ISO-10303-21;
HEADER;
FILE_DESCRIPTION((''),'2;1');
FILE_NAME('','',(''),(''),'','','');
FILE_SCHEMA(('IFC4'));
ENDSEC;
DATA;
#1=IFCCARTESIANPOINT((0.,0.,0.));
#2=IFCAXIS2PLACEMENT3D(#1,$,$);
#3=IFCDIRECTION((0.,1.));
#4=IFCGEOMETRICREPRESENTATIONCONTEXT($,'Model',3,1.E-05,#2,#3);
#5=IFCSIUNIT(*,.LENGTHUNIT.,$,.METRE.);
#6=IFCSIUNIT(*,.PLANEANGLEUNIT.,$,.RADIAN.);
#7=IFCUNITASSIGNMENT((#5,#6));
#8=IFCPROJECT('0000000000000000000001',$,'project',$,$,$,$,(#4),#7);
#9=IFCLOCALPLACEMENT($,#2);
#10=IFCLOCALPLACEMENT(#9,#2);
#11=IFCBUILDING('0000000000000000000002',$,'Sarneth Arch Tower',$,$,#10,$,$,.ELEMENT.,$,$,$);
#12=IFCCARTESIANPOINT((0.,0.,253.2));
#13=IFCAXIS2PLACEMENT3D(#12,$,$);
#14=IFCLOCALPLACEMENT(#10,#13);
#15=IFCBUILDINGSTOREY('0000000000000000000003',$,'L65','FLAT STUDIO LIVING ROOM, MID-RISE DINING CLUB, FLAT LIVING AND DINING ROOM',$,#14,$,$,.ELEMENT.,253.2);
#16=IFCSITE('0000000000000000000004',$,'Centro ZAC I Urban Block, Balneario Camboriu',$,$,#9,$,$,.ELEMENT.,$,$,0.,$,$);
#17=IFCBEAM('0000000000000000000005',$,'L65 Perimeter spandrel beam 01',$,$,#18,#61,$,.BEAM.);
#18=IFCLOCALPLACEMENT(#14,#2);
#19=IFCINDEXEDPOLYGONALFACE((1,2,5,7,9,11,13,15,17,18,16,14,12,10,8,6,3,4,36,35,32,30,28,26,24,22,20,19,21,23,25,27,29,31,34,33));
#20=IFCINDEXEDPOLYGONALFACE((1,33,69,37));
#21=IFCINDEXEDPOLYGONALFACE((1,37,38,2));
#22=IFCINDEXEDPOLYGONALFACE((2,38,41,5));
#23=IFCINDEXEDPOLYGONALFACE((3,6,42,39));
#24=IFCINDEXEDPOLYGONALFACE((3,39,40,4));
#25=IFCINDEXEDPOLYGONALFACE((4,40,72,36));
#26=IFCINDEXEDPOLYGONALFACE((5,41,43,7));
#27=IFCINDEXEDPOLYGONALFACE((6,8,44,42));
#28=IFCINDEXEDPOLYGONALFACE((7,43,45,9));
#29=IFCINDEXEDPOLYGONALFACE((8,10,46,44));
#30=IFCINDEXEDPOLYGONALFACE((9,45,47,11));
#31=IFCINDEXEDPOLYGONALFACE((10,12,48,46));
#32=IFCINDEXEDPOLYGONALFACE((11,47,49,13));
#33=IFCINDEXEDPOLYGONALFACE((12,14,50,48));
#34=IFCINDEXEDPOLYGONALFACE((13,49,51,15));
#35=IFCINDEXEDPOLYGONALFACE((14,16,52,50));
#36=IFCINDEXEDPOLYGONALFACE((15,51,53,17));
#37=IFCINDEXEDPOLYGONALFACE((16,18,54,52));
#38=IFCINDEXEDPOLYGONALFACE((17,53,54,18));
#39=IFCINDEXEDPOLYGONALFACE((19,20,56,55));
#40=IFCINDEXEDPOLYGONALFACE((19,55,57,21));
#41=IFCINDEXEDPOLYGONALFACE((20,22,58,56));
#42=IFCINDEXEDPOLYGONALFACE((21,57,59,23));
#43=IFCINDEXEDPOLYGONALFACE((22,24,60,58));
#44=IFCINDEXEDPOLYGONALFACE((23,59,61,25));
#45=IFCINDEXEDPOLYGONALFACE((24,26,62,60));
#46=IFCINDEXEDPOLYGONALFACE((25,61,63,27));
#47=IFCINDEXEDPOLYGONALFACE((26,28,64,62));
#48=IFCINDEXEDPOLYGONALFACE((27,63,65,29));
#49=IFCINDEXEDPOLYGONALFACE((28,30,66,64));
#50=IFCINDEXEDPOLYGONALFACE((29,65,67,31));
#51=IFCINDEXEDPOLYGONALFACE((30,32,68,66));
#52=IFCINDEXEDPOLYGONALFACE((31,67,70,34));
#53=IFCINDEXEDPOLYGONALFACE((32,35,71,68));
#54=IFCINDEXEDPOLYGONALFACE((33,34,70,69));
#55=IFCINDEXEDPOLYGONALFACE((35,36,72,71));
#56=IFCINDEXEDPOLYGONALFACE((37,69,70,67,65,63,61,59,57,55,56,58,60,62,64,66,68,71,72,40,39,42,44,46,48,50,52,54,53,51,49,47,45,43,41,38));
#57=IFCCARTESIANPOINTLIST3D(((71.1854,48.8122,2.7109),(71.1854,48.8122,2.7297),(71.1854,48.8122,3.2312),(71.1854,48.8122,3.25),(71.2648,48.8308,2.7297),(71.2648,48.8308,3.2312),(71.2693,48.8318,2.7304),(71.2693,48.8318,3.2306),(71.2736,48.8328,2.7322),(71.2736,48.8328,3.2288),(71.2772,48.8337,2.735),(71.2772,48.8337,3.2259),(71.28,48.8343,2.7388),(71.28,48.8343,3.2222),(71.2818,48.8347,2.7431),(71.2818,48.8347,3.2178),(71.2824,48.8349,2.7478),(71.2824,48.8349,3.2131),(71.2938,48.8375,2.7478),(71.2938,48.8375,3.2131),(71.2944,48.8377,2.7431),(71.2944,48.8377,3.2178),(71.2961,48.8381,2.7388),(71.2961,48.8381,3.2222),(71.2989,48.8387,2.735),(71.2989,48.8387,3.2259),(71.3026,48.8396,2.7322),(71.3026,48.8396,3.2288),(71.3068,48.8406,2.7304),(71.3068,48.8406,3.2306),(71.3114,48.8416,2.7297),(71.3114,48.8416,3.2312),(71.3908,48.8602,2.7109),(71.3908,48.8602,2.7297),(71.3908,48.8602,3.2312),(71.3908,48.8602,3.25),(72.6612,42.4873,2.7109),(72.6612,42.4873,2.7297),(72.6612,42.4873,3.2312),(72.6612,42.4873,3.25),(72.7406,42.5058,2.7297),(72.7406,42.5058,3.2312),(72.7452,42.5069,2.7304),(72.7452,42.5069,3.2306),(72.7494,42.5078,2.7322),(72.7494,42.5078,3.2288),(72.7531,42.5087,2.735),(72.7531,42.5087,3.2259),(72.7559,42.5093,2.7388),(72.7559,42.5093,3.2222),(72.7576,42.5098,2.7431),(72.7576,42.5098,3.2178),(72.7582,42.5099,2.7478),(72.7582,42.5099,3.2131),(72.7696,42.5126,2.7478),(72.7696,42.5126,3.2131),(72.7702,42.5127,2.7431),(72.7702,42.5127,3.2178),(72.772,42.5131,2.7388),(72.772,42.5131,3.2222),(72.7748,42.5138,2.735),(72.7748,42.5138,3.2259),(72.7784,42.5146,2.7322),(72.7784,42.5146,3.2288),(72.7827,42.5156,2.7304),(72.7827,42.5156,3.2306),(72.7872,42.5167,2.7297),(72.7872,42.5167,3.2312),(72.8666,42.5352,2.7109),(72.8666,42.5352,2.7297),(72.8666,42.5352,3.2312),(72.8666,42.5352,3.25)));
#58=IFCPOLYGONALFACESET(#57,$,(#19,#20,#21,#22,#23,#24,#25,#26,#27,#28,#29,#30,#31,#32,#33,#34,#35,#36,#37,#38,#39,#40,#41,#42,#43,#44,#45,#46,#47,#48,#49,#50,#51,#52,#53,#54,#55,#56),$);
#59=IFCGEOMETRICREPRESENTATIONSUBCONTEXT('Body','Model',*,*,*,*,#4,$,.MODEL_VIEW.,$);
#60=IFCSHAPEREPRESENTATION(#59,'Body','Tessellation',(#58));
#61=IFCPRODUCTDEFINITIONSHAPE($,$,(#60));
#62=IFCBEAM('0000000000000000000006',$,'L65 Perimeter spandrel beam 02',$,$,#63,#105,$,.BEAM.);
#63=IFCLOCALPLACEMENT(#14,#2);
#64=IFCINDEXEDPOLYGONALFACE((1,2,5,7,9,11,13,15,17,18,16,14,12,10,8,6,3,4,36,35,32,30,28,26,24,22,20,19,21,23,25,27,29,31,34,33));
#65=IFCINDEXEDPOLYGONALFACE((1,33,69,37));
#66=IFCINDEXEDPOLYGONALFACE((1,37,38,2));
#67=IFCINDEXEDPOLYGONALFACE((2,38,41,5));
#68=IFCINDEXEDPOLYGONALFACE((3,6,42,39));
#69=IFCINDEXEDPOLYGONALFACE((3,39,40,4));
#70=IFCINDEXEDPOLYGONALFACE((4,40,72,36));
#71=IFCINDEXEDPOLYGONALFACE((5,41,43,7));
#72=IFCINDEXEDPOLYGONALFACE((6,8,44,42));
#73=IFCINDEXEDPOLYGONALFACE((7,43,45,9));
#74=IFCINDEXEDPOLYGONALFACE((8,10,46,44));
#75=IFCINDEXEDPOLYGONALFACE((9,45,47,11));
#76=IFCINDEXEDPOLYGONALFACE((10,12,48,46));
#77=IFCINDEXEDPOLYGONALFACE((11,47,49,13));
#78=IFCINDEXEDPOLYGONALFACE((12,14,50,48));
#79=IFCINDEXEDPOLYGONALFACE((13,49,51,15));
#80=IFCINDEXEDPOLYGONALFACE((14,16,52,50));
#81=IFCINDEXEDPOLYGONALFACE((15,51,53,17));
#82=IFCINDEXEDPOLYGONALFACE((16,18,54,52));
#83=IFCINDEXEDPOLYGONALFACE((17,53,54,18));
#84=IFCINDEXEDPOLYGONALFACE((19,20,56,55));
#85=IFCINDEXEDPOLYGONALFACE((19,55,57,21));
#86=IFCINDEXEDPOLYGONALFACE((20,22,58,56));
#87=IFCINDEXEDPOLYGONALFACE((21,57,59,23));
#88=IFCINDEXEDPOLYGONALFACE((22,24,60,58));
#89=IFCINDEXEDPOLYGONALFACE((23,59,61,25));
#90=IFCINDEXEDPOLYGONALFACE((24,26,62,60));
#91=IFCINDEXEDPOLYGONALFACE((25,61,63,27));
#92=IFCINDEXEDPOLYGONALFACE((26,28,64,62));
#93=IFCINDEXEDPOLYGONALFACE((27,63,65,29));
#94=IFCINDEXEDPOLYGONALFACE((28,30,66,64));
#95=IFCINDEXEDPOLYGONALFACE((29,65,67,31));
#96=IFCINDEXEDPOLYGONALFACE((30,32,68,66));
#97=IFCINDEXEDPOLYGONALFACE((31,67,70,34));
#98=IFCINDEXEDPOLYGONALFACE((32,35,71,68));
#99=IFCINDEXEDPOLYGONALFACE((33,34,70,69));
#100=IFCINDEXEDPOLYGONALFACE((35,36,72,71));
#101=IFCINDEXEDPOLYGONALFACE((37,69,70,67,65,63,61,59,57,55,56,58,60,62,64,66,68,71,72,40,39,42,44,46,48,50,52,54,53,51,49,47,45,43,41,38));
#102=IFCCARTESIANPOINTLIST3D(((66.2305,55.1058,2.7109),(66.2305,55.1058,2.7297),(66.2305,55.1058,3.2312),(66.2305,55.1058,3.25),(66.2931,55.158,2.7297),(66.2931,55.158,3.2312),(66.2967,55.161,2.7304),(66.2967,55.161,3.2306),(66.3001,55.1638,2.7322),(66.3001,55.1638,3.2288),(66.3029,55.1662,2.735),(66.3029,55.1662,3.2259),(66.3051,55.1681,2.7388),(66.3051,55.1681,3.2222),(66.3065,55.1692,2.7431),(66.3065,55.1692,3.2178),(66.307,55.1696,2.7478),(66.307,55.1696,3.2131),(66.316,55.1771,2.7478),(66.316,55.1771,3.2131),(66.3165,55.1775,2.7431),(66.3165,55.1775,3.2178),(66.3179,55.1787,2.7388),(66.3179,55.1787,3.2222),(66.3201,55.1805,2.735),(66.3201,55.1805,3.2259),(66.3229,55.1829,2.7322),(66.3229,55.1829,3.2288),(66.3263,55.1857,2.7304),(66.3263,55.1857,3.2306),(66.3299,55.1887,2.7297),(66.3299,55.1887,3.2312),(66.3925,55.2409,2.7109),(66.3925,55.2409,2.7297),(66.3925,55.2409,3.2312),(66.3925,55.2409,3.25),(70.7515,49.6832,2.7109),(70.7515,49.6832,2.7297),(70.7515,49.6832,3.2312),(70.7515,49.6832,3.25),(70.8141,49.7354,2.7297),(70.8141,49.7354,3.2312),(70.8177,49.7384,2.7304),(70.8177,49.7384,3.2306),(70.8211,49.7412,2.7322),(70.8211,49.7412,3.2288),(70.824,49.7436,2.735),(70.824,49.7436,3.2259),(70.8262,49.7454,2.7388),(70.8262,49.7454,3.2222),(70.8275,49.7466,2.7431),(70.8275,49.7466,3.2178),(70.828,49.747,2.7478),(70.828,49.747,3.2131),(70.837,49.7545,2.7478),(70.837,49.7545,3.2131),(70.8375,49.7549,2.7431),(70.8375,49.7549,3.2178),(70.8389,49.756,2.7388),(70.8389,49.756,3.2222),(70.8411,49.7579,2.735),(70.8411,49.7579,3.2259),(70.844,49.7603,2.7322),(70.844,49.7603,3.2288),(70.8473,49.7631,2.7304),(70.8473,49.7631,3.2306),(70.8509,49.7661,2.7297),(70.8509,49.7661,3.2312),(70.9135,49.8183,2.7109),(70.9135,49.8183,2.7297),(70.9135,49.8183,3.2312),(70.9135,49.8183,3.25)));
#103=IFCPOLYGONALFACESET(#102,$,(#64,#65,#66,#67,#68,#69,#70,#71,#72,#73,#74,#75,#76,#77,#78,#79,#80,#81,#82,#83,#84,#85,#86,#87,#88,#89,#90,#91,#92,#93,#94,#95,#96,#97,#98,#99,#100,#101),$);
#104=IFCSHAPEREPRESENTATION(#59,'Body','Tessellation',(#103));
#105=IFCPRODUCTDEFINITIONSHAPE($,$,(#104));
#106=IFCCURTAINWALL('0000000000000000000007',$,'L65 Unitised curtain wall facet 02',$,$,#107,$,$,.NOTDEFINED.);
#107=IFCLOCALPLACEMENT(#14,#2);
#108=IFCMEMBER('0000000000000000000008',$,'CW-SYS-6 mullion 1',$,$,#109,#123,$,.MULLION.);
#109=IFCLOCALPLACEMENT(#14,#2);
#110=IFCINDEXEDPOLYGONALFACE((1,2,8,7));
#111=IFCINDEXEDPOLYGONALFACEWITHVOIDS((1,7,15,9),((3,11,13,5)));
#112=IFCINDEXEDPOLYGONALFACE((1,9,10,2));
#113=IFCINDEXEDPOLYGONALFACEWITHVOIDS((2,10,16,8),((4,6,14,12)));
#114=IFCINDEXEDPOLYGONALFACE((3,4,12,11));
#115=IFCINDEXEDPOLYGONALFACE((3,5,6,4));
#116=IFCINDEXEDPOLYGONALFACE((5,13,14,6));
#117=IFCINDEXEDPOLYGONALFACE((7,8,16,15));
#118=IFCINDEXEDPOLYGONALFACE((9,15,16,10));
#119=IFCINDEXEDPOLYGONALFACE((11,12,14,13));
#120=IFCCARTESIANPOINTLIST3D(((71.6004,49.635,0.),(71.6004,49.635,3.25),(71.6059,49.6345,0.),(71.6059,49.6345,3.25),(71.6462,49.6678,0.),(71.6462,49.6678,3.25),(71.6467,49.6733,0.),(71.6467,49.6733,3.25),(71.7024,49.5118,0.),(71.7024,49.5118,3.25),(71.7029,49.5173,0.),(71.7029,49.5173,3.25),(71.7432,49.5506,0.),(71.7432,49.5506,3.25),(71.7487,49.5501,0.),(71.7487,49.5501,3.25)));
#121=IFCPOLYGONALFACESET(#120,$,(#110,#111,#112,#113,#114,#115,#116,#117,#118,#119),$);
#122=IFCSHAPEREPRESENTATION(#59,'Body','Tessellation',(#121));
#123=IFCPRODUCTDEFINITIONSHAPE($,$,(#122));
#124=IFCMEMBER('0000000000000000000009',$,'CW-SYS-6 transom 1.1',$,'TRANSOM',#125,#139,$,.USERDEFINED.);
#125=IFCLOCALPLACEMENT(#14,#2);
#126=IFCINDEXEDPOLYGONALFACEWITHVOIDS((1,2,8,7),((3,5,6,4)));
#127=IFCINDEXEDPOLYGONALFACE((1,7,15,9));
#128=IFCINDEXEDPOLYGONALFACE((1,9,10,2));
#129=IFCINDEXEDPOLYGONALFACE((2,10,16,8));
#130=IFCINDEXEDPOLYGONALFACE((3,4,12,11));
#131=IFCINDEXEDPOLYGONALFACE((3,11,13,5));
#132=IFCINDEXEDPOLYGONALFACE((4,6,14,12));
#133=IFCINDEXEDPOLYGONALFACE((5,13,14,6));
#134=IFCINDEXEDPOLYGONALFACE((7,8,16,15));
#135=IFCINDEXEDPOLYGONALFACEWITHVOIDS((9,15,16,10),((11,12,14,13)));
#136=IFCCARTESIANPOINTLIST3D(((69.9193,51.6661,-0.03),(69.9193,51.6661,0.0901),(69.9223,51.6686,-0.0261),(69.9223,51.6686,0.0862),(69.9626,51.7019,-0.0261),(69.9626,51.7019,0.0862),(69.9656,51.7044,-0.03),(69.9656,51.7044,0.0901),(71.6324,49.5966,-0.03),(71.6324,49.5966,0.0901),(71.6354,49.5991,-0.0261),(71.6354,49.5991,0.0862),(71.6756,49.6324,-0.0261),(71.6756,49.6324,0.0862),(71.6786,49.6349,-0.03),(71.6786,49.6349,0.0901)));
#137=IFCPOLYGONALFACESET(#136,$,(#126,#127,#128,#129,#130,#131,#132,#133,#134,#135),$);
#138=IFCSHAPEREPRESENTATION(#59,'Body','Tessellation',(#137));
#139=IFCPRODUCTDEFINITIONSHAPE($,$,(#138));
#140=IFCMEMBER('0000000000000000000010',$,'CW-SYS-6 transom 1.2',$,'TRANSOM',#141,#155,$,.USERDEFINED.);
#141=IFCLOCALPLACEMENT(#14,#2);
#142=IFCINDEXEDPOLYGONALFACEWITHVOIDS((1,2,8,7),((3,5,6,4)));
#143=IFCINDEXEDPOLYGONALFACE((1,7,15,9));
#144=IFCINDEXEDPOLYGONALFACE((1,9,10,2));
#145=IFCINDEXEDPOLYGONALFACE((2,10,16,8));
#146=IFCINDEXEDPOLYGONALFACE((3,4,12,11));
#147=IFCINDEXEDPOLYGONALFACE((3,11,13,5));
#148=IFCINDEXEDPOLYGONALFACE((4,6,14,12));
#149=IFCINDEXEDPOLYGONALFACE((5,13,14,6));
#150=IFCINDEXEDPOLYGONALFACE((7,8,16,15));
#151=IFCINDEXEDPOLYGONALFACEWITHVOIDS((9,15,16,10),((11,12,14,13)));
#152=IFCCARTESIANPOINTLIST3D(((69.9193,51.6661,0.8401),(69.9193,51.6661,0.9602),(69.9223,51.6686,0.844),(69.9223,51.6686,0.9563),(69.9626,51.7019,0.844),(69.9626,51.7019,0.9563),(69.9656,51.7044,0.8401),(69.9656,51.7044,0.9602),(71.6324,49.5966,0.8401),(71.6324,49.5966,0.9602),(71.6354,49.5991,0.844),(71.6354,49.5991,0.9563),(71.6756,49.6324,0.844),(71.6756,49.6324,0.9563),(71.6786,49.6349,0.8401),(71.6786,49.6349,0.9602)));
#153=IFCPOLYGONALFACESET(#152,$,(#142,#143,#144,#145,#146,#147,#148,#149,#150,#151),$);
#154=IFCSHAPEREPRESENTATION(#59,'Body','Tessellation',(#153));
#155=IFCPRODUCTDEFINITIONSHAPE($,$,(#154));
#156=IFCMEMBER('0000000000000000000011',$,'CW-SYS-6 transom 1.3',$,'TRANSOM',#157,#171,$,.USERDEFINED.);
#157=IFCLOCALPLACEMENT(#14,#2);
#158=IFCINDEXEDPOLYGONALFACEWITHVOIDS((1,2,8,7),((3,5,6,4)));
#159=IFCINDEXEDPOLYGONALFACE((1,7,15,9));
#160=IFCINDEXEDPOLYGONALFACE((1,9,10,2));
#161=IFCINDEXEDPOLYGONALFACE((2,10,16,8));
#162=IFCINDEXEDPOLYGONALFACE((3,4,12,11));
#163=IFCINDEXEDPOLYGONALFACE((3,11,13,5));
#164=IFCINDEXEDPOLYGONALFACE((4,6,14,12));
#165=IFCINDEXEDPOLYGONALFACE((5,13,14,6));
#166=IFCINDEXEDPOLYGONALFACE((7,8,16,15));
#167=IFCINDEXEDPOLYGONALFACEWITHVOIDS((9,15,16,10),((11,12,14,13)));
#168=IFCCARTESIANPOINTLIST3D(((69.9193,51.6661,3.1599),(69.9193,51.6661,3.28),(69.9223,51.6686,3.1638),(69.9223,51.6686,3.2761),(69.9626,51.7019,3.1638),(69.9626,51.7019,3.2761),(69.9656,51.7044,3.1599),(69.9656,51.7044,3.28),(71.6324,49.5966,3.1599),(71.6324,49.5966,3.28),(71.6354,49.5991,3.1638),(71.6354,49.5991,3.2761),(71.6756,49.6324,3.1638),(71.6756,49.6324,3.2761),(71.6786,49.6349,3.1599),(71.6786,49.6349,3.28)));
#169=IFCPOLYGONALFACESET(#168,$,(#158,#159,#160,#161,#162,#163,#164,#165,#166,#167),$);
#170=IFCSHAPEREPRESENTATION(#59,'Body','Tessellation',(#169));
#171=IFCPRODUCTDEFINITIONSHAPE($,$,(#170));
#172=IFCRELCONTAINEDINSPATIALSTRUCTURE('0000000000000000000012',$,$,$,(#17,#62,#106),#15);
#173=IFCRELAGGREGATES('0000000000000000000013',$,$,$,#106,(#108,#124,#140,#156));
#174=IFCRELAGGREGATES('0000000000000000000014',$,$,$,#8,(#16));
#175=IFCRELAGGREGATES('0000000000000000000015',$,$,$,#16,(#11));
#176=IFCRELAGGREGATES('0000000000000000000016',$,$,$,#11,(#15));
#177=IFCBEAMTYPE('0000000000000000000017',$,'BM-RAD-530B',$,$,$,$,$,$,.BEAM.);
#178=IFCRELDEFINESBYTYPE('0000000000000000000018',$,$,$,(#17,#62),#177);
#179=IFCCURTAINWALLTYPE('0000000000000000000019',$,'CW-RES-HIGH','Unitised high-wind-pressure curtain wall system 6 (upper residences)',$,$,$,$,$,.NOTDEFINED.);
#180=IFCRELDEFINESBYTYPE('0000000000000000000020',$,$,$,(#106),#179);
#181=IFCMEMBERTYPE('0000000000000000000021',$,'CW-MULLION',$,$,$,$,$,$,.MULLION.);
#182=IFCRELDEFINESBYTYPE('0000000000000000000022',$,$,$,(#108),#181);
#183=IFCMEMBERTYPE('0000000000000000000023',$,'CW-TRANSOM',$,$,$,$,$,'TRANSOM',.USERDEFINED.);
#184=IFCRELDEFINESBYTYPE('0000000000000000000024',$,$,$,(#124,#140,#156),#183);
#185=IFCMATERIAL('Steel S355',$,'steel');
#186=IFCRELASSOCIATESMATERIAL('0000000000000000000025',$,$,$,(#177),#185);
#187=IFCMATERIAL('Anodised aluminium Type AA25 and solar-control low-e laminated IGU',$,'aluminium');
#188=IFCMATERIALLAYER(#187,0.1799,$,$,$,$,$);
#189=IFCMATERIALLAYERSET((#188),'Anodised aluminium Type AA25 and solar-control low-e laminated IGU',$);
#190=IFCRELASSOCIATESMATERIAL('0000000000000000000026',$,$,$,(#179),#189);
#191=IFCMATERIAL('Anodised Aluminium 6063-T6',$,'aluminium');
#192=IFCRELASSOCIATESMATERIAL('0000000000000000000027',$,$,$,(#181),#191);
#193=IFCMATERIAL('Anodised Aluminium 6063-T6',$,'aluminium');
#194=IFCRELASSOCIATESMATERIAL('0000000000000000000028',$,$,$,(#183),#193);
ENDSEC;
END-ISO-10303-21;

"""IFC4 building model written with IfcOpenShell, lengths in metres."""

from ifc_helpers import new_model, si_unit, direction, frame, origin, origin_2d, place, context, subcontext, project, spatial, hollow_rectangle, i_section, extrude, material, layer, layer_set, material_profile, profile_set, type_object, element, aggregate, save


model = new_model("IFC4")

# Units and contexts
model_context = context("Model", 3, precision=1e-05, world=origin(), true_north=direction((0.0, 1.0)))
body_context = subcontext(model_context, "Body", "Model", "MODEL_VIEW")
ifc_project = project(units=[si_unit("LENGTHUNIT", "METRE"), si_unit("PLANEANGLEUNIT", "RADIAN")], contexts=[model_context])

# Site, building, storey
site_placement = place(None, origin())
site = spatial("IfcSite", under=ifc_project, at=site_placement, Name="Centro ZAC I Urban Block, Balneario Camboriu", CompositionType="ELEMENT", RefElevation=0.0)
building_placement = place(site_placement, origin())
building = spatial("IfcBuilding", under=site, at=building_placement, Name="Sarneth Arch Tower", CompositionType="ELEMENT")
storey_placement = place(building_placement, frame((0.0, 0.0, 253.2)))
storey = spatial("IfcBuildingStorey", under=building, at=storey_placement, Name="L65", Description="FLAT STUDIO LIVING ROOM, MID-RISE DINING CLUB, FLAT LIVING AND DINING ROOM", CompositionType="ELEMENT", Elevation=253.2)

# Beams
ifc_material_1 = material(Name="Steel S355", Category="steel")
ifc_material_profile_1 = material_profile(ifc_material_1, i_section(OverallWidth=0.2109, OverallDepth=0.5391, WebThickness=0.0117, FlangeThickness=0.0188, FilletRadius=0.0181, at=origin_2d()), Name="W530x109")
ifc_profile_set_1 = profile_set([ifc_material_profile_1], Name="Steel S355")
beam_type = type_object("IfcBeamType", Name="BM-RAD-530B", PredefinedType="BEAM", material=ifc_profile_set_1)
beam_1_placement = place(storey_placement, frame((72.7639, 42.5112, 2.9805), z_axis=(-0.227231, 0.973841, 0.0), x_axis=(-0.973841, -0.227231, 0.0)))
element("IfcBeam", 1, at=beam_1_placement, inside=storey, type_object=beam_type, Name="L65 Perimeter spandrel beam 01", PredefinedType="BEAM", context=body_context, shape_type="SweptSolid", body=[
    extrude(i_section(OverallWidth=0.2109, OverallDepth=0.5391, WebThickness=0.0117, FlangeThickness=0.0188, FilletRadius=0.0181, at=origin_2d()), origin(), (0.0, 0.0, 1.0), 6.4949),
])
beam_2_placement = place(storey_placement, frame((70.8325, 49.7507, 2.9805), z_axis=(-0.640365, 0.768071, 0.0), x_axis=(-0.768071, -0.640365, 0.0)))
element("IfcBeam", 2, at=beam_2_placement, inside=storey, type_object=beam_type, Name="L65 Perimeter spandrel beam 02", PredefinedType="BEAM", context=body_context, shape_type="SweptSolid", body=[
    extrude(i_section(OverallWidth=0.2109, OverallDepth=0.5391, WebThickness=0.0117, FlangeThickness=0.0188, FilletRadius=0.0181, at=origin_2d()), origin(), (0.0, 0.0, 1.0), 7.0601),
])

# Curtain wall, members
ifc_material_2 = material(Name="Anodised aluminium Type AA25 and solar-control low-e laminated IGU", Category="aluminium")
ifc_layer_1 = layer(ifc_material_2, 0.1799)
ifc_layer_set_1 = layer_set([ifc_layer_1], Name="Anodised aluminium Type AA25 and solar-control low-e laminated IGU")
curtain_wall_type = type_object("IfcCurtainWallType", Name="CW-RES-HIGH", Description="Unitised high-wind-pressure curtain wall system 6 (upper residences)", PredefinedType="NOTDEFINED", material=ifc_layer_set_1)
curtain_wall_placement = place(storey_placement, origin())
curtain_wall = element("IfcCurtainWall", 3, at=curtain_wall_placement, inside=storey, type_object=curtain_wall_type, Name="L65 Unitised curtain wall facet 02", PredefinedType="NOTDEFINED")
ifc_material_3 = material(Name="Anodised Aluminium 6063-T6", Category="aluminium")
ifc_material_profile_2 = material_profile(ifc_material_3, hollow_rectangle(XDim=0.0601, YDim=0.1599, WallThickness=0.0039, at=origin_2d()), Name="AL-MULL-160x60x4")
ifc_profile_set_2 = profile_set([ifc_material_profile_2], Name="Anodised Aluminium 6063-T6")
member_type_1 = type_object("IfcMemberType", Name="CW-MULLION", PredefinedType="MULLION", material=ifc_profile_set_2)
member_1_placement = place(storey_placement, frame((71.6746, 49.5925, 0.0), z_axis=(0.0, 0.0, 1.0), x_axis=(-0.770359, -0.63761, 0.0)))
member_1 = element("IfcMember", 4, at=member_1_placement, type_object=member_type_1, Name="CW-SYS-6 mullion 1", PredefinedType="MULLION", context=body_context, shape_type="SweptSolid", body=[
    extrude(hollow_rectangle(XDim=0.0601, YDim=0.1599, WallThickness=0.0039, at=origin_2d()), origin(), (0.0, 0.0, 1.0), 3.25),
])
ifc_material_4 = material(Name="Anodised Aluminium 6063-T6", Category="aluminium")
ifc_material_profile_3 = material_profile(ifc_material_4, hollow_rectangle(XDim=0.0601, YDim=0.1201, WallThickness=0.0039, at=origin_2d()), Name="AL-TRAN-120x60x4")
ifc_profile_set_3 = profile_set([ifc_material_profile_3], Name="Anodised Aluminium 6063-T6")
member_type_2 = type_object("IfcMemberType", Name="CW-TRANSOM", ElementType="TRANSOM", PredefinedType="USERDEFINED", material=ifc_profile_set_3)
member_2_placement = place(storey_placement, frame((71.6555, 49.6157, 0.03), z_axis=(-0.637651, 0.770325, 0.0), x_axis=(-0.770325, -0.637651, 0.0)))
member_2 = element("IfcMember", 5, at=member_2_placement, type_object=member_type_2, Name="CW-SYS-6 transom 1.1", ObjectType="TRANSOM", PredefinedType="USERDEFINED", context=body_context, shape_type="SweptSolid", body=[
    extrude(hollow_rectangle(XDim=0.0601, YDim=0.1201, WallThickness=0.0039, at=origin_2d()), origin(), (0.0, 0.0, 1.0), 2.6865),
])
member_3_placement = place(storey_placement, frame((71.6555, 49.6157, 0.9001), z_axis=(-0.637651, 0.770325, 0.0), x_axis=(-0.770325, -0.637651, 0.0)))
member_3 = element("IfcMember", 6, at=member_3_placement, type_object=member_type_2, Name="CW-SYS-6 transom 1.2", ObjectType="TRANSOM", PredefinedType="USERDEFINED", context=body_context, shape_type="SweptSolid", body=[
    extrude(hollow_rectangle(XDim=0.0601, YDim=0.1201, WallThickness=0.0039, at=origin_2d()), origin(), (0.0, 0.0, 1.0), 2.6865),
])
member_4_placement = place(storey_placement, frame((71.6555, 49.6157, 3.22), z_axis=(-0.637651, 0.770325, 0.0), x_axis=(-0.770325, -0.637651, 0.0)))
member_4 = element("IfcMember", 7, at=member_4_placement, type_object=member_type_2, Name="CW-SYS-6 transom 1.3", ObjectType="TRANSOM", PredefinedType="USERDEFINED", context=body_context, shape_type="SweptSolid", body=[
    extrude(hollow_rectangle(XDim=0.0601, YDim=0.1201, WallThickness=0.0039, at=origin_2d()), origin(), (0.0, 0.0, 1.0), 2.6865),
])
aggregate(curtain_wall, [member_1, member_2, member_3, member_4])

save(model, "model.ifc")
